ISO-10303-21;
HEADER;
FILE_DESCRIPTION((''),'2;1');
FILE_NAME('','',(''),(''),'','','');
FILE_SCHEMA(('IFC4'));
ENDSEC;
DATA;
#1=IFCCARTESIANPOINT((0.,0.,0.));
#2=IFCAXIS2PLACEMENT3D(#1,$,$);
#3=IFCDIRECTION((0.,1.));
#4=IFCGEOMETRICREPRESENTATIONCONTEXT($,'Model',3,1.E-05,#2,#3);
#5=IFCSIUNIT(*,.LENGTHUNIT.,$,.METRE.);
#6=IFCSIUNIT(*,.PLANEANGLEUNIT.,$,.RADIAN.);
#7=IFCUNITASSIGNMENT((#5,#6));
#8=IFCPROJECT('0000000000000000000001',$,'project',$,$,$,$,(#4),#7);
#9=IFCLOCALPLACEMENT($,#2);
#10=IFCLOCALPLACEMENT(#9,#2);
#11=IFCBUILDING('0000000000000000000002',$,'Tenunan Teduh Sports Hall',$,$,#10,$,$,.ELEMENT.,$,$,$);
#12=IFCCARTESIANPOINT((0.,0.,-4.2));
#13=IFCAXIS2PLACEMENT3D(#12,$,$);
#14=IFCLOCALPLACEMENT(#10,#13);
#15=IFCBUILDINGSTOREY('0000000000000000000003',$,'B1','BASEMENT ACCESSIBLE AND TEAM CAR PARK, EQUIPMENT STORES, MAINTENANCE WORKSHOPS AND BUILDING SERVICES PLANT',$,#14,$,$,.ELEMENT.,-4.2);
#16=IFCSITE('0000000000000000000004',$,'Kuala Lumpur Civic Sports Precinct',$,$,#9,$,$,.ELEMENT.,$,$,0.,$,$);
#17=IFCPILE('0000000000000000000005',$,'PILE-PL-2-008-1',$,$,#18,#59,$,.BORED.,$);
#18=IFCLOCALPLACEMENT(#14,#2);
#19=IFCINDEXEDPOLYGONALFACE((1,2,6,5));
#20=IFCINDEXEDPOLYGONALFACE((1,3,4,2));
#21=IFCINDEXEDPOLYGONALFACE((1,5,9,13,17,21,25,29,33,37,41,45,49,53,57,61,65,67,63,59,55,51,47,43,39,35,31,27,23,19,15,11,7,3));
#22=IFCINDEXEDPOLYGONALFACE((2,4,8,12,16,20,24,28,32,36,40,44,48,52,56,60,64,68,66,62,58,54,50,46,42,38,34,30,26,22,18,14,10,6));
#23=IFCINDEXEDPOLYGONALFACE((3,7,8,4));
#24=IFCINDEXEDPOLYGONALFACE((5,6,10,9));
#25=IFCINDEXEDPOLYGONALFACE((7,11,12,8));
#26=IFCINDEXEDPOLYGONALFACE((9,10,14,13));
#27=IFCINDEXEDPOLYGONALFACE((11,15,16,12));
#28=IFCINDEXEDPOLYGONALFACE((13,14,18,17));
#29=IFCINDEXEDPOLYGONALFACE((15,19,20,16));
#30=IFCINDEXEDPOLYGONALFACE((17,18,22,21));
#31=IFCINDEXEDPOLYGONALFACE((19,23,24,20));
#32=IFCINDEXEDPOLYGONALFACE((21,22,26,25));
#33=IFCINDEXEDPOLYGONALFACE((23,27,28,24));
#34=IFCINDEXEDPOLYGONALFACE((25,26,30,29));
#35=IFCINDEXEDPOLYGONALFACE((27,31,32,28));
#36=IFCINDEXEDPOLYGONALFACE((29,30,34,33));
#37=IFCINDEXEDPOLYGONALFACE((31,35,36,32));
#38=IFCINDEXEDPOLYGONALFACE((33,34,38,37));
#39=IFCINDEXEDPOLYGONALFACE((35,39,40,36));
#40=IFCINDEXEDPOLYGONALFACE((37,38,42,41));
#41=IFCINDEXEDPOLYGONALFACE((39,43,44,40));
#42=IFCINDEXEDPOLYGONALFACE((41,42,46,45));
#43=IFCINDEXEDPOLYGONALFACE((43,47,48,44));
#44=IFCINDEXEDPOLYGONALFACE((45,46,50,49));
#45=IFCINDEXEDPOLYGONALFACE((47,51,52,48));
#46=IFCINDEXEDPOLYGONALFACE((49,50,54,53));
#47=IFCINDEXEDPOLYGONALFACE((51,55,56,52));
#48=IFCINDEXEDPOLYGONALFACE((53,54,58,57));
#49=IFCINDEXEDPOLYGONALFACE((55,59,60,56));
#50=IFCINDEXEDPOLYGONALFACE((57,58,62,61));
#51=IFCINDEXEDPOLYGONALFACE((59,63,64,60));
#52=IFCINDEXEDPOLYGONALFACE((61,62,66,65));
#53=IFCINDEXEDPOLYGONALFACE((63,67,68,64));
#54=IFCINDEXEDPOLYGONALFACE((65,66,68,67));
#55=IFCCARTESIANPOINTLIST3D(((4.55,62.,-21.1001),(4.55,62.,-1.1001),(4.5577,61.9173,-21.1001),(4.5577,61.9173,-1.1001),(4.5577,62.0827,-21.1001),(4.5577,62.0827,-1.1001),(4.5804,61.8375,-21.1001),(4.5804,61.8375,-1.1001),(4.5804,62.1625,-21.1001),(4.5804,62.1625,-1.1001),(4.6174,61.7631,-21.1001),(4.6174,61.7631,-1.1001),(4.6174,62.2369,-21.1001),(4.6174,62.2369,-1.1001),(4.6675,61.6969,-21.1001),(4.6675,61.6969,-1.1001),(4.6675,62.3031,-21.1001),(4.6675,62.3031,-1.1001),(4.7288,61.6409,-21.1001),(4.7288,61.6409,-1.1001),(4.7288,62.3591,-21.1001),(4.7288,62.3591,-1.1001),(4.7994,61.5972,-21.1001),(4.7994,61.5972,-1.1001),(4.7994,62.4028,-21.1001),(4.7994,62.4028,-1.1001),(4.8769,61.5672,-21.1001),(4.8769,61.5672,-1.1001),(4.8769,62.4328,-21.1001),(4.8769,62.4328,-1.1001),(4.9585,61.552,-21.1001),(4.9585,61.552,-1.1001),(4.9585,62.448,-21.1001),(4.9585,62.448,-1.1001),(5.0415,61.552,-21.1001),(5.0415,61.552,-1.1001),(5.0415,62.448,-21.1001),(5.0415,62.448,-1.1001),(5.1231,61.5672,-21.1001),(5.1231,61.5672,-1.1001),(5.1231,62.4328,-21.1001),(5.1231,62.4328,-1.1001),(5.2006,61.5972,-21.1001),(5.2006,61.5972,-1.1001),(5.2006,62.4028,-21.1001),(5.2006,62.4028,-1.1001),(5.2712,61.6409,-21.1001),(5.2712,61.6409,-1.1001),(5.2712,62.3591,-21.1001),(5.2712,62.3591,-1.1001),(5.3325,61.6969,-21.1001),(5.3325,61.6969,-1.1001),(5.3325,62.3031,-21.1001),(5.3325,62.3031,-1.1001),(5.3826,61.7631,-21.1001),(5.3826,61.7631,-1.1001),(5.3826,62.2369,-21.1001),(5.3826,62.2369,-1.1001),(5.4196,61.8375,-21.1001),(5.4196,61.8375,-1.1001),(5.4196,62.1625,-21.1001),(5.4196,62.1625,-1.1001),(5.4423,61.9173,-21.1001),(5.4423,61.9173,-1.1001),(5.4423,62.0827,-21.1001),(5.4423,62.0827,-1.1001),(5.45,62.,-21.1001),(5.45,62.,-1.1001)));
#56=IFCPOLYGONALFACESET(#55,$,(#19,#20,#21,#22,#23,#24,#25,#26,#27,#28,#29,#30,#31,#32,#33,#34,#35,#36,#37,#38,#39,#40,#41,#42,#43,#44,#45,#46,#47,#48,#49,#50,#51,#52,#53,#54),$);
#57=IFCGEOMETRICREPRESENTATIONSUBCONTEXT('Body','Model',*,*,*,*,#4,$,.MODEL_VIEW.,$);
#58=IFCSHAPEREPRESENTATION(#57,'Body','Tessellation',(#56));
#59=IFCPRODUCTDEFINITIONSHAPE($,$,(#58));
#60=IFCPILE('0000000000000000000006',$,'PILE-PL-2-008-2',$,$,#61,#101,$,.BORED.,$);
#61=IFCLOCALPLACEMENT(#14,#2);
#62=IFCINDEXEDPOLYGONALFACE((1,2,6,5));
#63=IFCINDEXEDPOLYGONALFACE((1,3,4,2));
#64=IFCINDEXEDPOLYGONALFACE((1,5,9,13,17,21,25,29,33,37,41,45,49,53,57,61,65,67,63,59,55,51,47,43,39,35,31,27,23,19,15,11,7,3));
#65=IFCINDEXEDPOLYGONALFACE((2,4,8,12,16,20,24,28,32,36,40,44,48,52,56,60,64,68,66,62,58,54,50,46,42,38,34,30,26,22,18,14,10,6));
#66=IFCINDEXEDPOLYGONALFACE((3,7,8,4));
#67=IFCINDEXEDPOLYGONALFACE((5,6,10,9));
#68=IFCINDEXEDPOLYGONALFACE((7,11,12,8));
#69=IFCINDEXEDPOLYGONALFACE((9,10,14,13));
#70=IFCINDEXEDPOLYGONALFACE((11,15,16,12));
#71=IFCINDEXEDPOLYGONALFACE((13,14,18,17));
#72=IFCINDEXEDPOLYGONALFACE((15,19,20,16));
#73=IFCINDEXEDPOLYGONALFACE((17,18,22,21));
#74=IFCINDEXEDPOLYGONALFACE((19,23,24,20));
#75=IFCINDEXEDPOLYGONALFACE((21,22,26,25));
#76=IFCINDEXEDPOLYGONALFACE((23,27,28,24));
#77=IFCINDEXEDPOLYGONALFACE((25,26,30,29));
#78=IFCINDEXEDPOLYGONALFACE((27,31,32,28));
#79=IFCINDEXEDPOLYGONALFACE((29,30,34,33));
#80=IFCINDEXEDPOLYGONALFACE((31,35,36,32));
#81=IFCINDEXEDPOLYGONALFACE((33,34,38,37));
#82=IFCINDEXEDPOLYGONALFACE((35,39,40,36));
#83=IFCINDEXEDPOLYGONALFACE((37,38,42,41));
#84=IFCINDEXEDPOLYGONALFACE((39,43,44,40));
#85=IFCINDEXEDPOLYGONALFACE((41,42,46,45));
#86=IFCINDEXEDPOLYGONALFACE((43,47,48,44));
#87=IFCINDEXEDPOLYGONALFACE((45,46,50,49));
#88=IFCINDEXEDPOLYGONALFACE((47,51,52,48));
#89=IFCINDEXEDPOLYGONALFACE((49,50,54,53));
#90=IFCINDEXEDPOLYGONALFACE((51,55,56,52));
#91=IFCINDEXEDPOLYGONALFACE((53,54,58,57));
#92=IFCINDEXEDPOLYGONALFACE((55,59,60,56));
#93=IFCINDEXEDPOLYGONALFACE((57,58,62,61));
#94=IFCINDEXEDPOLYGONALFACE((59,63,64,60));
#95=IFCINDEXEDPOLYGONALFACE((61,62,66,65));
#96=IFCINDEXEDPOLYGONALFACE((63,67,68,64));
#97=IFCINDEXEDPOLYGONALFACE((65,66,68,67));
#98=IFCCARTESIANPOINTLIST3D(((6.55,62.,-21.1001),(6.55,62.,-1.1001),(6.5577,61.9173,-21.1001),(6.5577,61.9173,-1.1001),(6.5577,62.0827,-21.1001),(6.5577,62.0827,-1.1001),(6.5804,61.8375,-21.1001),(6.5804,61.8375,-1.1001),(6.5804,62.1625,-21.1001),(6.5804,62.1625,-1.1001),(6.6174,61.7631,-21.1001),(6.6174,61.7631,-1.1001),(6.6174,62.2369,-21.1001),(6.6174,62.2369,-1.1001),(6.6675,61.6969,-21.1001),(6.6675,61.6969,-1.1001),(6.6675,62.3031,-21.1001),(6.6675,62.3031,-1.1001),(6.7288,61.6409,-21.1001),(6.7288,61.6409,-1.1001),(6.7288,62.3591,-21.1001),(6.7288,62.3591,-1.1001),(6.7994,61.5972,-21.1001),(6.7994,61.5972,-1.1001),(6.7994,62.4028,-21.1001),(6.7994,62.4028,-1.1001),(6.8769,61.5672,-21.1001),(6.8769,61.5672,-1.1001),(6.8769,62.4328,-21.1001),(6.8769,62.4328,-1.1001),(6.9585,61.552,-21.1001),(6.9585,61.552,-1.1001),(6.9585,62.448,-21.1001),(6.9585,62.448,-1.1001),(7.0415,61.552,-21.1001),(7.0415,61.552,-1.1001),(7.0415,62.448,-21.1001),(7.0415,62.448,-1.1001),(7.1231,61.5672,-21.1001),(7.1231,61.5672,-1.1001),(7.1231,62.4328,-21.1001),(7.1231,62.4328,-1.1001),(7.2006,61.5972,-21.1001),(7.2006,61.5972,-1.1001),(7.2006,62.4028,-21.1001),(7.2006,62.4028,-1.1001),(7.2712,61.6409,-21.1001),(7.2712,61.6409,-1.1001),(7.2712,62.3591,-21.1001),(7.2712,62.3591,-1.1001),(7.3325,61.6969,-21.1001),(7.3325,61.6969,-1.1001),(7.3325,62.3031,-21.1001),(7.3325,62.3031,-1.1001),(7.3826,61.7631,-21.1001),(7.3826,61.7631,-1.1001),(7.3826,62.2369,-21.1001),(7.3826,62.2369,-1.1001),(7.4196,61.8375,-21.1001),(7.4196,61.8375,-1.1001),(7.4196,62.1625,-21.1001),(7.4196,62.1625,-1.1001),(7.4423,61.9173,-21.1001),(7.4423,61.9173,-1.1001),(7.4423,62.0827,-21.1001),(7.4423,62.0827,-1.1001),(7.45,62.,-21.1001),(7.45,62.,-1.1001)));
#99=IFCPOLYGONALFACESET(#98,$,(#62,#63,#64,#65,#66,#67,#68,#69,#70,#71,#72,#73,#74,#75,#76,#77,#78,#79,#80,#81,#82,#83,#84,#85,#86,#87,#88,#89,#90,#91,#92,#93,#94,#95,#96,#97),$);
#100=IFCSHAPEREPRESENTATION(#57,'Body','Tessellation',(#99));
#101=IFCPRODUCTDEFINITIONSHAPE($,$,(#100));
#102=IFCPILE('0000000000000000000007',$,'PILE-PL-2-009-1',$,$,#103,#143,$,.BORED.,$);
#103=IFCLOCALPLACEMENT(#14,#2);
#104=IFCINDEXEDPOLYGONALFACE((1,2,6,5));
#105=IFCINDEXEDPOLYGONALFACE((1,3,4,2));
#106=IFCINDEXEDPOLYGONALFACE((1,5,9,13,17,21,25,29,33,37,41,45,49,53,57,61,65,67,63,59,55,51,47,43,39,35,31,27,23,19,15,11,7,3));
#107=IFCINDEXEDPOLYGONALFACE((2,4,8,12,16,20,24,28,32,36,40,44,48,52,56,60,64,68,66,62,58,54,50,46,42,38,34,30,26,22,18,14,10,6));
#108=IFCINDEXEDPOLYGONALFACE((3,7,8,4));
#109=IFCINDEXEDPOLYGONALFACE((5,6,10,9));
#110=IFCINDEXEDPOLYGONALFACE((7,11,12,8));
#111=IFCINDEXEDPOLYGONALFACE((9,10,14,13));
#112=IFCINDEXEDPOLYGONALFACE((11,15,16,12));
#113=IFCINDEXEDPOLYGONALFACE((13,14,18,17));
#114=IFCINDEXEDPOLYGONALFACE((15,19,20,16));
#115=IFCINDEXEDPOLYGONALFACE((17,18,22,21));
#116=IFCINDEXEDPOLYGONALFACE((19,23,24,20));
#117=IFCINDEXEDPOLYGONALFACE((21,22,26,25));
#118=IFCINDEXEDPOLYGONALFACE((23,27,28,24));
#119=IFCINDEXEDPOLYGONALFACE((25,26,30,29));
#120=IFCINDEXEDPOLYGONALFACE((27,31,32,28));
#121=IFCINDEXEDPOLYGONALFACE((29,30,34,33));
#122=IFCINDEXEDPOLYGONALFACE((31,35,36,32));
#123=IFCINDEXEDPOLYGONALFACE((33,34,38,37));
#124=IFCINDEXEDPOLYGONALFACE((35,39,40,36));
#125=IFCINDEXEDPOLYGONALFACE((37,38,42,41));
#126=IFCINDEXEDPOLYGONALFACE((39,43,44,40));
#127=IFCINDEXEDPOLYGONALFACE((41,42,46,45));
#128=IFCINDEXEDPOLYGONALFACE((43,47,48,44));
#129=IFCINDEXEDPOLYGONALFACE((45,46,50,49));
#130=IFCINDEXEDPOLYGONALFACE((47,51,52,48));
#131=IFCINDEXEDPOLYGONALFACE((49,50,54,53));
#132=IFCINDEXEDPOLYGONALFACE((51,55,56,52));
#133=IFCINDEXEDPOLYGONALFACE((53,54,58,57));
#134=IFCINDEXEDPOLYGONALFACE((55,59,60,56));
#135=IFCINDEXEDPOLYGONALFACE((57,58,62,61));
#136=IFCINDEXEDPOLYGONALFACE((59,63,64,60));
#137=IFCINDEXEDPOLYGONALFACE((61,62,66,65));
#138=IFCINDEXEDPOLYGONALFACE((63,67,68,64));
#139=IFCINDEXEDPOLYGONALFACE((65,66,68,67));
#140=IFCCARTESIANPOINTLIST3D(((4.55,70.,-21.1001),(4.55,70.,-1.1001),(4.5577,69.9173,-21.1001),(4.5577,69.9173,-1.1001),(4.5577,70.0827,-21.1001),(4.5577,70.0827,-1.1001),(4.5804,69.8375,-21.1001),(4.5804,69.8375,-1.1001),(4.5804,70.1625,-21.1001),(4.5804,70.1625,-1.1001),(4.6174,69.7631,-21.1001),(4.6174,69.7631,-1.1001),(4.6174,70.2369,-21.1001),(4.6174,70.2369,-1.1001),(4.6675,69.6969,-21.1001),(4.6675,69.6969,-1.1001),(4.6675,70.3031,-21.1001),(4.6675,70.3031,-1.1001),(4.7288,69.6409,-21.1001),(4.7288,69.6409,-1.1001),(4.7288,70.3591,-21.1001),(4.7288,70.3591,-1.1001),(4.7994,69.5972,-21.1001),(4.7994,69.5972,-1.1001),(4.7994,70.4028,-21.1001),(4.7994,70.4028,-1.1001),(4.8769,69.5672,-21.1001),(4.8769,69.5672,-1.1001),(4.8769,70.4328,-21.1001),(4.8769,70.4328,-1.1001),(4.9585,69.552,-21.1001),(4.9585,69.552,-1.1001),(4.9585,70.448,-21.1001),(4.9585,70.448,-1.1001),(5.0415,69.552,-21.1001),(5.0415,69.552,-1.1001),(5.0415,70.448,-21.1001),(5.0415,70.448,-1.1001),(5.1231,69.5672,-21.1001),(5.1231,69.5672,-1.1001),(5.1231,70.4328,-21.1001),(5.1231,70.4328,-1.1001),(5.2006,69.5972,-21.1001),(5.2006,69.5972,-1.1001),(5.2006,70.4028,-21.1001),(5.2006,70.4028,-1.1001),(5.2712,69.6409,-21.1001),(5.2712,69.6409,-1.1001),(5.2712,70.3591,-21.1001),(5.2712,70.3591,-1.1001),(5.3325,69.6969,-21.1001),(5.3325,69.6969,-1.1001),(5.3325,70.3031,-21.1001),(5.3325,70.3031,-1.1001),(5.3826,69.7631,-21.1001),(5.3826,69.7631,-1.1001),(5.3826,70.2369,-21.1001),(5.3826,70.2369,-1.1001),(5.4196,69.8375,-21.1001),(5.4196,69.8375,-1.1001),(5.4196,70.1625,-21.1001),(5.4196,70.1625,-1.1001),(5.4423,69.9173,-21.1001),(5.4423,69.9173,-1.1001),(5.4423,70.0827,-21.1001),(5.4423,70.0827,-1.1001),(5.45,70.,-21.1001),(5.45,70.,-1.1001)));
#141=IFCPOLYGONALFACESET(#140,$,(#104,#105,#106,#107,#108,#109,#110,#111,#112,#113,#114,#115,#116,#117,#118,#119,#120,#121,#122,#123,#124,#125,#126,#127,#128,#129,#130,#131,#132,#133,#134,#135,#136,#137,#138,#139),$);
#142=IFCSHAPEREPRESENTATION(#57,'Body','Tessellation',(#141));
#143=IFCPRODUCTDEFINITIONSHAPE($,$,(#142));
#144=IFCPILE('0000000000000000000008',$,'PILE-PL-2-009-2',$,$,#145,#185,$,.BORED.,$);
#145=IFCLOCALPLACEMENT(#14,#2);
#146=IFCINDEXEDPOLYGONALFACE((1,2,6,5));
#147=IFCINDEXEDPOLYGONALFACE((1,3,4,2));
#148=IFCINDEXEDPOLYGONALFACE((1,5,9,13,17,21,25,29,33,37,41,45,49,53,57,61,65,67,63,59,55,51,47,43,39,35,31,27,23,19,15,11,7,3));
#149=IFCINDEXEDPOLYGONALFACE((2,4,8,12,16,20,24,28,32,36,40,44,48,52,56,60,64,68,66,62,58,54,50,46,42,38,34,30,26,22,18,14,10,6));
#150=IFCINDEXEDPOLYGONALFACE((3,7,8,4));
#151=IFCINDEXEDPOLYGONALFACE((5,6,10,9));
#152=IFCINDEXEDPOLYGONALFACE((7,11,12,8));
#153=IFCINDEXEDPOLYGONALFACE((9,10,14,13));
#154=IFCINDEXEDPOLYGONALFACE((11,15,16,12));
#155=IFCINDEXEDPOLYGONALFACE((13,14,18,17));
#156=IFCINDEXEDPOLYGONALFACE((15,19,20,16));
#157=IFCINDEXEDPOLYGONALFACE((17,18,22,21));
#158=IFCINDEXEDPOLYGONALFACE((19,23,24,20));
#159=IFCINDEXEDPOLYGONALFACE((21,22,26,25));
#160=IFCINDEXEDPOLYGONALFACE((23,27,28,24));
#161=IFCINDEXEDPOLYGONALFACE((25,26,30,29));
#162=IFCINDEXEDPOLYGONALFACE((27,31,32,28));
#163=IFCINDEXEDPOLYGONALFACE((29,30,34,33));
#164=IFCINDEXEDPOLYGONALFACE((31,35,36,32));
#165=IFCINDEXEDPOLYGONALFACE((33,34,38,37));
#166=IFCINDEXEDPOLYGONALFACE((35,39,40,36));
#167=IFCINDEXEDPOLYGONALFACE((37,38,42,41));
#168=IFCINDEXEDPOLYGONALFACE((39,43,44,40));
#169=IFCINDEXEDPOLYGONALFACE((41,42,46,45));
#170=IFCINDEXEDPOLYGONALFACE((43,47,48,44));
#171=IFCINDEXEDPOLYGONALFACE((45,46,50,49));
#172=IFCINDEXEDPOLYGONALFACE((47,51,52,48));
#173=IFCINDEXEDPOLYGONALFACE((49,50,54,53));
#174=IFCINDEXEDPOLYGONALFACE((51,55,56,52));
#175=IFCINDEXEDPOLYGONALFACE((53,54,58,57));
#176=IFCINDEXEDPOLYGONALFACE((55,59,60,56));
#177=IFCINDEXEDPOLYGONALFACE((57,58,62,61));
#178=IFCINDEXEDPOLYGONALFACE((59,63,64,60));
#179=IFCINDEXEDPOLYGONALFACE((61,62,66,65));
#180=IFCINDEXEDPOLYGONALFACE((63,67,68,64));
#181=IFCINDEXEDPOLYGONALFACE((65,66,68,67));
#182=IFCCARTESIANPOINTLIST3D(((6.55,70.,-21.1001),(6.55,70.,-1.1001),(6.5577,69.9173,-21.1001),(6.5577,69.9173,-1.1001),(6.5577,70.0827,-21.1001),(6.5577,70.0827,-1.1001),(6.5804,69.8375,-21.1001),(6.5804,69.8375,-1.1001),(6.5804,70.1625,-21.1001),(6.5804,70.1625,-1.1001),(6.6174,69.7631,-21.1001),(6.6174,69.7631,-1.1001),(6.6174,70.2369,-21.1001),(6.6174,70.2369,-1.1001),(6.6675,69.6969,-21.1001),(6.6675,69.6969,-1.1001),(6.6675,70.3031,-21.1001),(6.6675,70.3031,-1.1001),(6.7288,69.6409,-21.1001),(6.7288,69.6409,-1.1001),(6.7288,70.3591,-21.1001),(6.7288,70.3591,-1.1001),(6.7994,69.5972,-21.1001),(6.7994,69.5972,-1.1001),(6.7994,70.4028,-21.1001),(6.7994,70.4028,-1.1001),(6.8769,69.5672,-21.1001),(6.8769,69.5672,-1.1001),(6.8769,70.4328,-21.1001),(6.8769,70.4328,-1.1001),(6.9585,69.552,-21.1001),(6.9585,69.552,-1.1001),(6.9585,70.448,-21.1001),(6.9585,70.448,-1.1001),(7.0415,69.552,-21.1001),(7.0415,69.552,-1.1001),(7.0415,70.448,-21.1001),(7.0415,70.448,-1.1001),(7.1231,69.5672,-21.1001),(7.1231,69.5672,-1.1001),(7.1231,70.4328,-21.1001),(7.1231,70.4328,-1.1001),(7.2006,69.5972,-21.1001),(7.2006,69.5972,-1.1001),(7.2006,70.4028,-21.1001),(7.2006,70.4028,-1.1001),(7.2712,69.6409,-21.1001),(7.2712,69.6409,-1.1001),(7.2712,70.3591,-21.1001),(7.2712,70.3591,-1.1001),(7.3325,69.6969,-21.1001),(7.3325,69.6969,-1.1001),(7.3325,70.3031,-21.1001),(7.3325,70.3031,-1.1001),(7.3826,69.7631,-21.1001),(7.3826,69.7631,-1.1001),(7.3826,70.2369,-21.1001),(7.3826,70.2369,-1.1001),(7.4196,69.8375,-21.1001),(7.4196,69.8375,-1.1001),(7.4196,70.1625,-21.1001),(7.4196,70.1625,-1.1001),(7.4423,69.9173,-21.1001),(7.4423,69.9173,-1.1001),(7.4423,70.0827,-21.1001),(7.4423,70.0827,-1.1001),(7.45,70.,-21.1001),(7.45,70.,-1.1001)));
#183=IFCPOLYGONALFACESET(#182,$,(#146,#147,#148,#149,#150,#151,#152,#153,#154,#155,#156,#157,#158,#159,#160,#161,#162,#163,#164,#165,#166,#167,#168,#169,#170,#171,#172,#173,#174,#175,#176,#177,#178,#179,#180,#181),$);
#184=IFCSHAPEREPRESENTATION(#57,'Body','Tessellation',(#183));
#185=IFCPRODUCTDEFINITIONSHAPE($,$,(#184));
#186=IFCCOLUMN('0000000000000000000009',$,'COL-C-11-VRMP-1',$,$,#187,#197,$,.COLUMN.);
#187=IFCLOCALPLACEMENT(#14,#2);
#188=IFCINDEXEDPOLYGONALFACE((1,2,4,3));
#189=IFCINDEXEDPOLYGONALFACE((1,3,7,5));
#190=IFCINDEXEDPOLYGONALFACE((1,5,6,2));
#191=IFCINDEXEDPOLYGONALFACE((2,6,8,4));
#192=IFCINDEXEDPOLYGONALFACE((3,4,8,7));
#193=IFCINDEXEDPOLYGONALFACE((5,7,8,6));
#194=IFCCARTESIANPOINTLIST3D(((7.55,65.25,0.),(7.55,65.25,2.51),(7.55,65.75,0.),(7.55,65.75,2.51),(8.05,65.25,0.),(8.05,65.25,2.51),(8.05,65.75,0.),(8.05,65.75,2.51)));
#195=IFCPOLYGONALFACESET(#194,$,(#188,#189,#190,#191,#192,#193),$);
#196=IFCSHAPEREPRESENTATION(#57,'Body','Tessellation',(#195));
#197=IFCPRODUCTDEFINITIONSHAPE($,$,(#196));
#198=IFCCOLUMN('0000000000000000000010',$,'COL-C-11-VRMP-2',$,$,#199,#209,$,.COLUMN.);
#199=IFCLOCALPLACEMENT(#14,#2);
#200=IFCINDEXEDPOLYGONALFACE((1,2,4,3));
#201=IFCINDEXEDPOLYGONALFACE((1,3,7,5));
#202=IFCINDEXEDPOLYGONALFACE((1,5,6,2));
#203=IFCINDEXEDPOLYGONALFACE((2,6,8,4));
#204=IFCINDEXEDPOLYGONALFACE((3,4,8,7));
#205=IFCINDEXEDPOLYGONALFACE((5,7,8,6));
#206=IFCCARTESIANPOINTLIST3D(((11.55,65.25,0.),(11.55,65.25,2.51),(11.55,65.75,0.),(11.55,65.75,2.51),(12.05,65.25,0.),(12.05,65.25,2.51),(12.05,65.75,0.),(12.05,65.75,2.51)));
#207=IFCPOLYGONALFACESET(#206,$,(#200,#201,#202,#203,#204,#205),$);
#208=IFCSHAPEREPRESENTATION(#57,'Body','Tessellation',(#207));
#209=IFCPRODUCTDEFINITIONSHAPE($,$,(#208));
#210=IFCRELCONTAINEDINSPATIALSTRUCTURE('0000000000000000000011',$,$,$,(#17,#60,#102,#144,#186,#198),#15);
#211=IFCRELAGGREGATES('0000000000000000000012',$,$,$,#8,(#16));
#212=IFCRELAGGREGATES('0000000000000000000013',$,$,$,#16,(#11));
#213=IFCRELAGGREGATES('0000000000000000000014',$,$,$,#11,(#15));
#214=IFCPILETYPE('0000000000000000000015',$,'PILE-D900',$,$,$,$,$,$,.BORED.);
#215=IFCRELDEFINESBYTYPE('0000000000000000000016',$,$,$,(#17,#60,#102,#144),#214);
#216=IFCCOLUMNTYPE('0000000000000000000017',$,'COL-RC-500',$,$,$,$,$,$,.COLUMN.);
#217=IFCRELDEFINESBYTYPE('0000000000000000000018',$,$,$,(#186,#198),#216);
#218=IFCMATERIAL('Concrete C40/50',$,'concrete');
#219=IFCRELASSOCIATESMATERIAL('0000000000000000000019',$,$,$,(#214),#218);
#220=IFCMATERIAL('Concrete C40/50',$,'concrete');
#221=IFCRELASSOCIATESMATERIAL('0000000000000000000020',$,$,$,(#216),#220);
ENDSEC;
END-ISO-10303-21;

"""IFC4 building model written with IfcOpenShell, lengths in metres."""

from ifc_helpers import new_model, si_unit, direction, frame, origin, origin_2d, place, context, subcontext, project, spatial, rectangle, circle, extrude, material, material_profile, profile_set, type_object, element, save


model = new_model("IFC4")

# Units and contexts
model_context = context("Model", 3, precision=1e-05, world=origin(), true_north=direction((0.0, 1.0)))
body_context = subcontext(model_context, "Body", "Model", "MODEL_VIEW")
ifc_project = project(units=[si_unit("LENGTHUNIT", "METRE"), si_unit("PLANEANGLEUNIT", "RADIAN")], contexts=[model_context])

# Site, building, storey
site_placement = place(None, origin())
site = spatial("IfcSite", under=ifc_project, at=site_placement, Name="Kuala Lumpur Civic Sports Precinct", CompositionType="ELEMENT", RefElevation=0.0)
building_placement = place(site_placement, origin())
building = spatial("IfcBuilding", under=site, at=building_placement, Name="Tenunan Teduh Sports Hall", CompositionType="ELEMENT")
storey_placement = place(building_placement, frame((0.0, 0.0, -4.2)))
storey = spatial("IfcBuildingStorey", under=building, at=storey_placement, Name="B1", Description="BASEMENT ACCESSIBLE AND TEAM CAR PARK, EQUIPMENT STORES, MAINTENANCE WORKSHOPS AND BUILDING SERVICES PLANT", CompositionType="ELEMENT", Elevation=-4.2)

# Piles
ifc_material_1 = material(Name="Concrete C40/50", Category="concrete")
ifc_material_profile_1 = material_profile(ifc_material_1, circle(Radius=0.45, at=origin_2d()), Name="PILE D900")
ifc_profile_set_1 = profile_set([ifc_material_profile_1], Name="Concrete C40/50")
pile_type_1 = type_object("IfcPileType", Name="PILE-D900", PredefinedType="BORED", material=ifc_profile_set_1)
for number, where, z_axis, x_axis, name in (
    (1, (5.0, 62.0, -1.1001), (0.0, 0.0, -1.0), (1.0, 0.0, 0.0), "PILE-PL-2-008-1"),
    (2, (7.0, 62.0, -1.1001), (0.0, 0.0, -1.0), (1.0, 0.0, 0.0), "PILE-PL-2-008-2"),
    (3, (5.0, 70.0, -1.1001), (0.0, 0.0, -1.0), (1.0, 0.0, 0.0), "PILE-PL-2-009-1"),
    (4, (7.0, 70.0, -1.1001), (0.0, 0.0, -1.0), (1.0, 0.0, 0.0), "PILE-PL-2-009-2"),
):
    element("IfcPile", number, at=place(storey_placement, frame(where, z_axis=z_axis, x_axis=x_axis)), inside=storey, type_object=pile_type_1, Name=name, PredefinedType="BORED", context=body_context, shape_type="SweptSolid", body=[
        extrude(circle(Radius=0.45, at=origin_2d()), origin(), (0.0, 0.0, 1.0), 20.0),
    ])

# Columns
ifc_material_2 = material(Name="Concrete C40/50", Category="concrete")
ifc_material_profile_2 = material_profile(ifc_material_2, rectangle(XDim=0.5, YDim=0.5, at=origin_2d()), Name="RC 500x500")
ifc_profile_set_2 = profile_set([ifc_material_profile_2], Name="Concrete C40/50")
column_type_1 = type_object("IfcColumnType", Name="COL-RC-500", PredefinedType="COLUMN", material=ifc_profile_set_2)
for number, where, z_axis, x_axis, name in (
    (5, (7.8, 65.5, 0.0), (0.0, 0.0, 1.0), (1.0, 0.0, 0.0), "COL-C-11-VRMP-1"),
    (6, (11.8, 65.5, 0.0), (0.0, 0.0, 1.0), (1.0, 0.0, 0.0), "COL-C-11-VRMP-2"),
):
    element("IfcColumn", number, at=place(storey_placement, frame(where, z_axis=z_axis, x_axis=x_axis)), inside=storey, type_object=column_type_1, Name=name, PredefinedType="COLUMN", context=body_context, shape_type="SweptSolid", body=[
        extrude(rectangle(XDim=0.5, YDim=0.5, at=origin_2d()), origin(), (0.0, 0.0, 1.0), 2.51),
    ])

save(model, "model.ifc")
